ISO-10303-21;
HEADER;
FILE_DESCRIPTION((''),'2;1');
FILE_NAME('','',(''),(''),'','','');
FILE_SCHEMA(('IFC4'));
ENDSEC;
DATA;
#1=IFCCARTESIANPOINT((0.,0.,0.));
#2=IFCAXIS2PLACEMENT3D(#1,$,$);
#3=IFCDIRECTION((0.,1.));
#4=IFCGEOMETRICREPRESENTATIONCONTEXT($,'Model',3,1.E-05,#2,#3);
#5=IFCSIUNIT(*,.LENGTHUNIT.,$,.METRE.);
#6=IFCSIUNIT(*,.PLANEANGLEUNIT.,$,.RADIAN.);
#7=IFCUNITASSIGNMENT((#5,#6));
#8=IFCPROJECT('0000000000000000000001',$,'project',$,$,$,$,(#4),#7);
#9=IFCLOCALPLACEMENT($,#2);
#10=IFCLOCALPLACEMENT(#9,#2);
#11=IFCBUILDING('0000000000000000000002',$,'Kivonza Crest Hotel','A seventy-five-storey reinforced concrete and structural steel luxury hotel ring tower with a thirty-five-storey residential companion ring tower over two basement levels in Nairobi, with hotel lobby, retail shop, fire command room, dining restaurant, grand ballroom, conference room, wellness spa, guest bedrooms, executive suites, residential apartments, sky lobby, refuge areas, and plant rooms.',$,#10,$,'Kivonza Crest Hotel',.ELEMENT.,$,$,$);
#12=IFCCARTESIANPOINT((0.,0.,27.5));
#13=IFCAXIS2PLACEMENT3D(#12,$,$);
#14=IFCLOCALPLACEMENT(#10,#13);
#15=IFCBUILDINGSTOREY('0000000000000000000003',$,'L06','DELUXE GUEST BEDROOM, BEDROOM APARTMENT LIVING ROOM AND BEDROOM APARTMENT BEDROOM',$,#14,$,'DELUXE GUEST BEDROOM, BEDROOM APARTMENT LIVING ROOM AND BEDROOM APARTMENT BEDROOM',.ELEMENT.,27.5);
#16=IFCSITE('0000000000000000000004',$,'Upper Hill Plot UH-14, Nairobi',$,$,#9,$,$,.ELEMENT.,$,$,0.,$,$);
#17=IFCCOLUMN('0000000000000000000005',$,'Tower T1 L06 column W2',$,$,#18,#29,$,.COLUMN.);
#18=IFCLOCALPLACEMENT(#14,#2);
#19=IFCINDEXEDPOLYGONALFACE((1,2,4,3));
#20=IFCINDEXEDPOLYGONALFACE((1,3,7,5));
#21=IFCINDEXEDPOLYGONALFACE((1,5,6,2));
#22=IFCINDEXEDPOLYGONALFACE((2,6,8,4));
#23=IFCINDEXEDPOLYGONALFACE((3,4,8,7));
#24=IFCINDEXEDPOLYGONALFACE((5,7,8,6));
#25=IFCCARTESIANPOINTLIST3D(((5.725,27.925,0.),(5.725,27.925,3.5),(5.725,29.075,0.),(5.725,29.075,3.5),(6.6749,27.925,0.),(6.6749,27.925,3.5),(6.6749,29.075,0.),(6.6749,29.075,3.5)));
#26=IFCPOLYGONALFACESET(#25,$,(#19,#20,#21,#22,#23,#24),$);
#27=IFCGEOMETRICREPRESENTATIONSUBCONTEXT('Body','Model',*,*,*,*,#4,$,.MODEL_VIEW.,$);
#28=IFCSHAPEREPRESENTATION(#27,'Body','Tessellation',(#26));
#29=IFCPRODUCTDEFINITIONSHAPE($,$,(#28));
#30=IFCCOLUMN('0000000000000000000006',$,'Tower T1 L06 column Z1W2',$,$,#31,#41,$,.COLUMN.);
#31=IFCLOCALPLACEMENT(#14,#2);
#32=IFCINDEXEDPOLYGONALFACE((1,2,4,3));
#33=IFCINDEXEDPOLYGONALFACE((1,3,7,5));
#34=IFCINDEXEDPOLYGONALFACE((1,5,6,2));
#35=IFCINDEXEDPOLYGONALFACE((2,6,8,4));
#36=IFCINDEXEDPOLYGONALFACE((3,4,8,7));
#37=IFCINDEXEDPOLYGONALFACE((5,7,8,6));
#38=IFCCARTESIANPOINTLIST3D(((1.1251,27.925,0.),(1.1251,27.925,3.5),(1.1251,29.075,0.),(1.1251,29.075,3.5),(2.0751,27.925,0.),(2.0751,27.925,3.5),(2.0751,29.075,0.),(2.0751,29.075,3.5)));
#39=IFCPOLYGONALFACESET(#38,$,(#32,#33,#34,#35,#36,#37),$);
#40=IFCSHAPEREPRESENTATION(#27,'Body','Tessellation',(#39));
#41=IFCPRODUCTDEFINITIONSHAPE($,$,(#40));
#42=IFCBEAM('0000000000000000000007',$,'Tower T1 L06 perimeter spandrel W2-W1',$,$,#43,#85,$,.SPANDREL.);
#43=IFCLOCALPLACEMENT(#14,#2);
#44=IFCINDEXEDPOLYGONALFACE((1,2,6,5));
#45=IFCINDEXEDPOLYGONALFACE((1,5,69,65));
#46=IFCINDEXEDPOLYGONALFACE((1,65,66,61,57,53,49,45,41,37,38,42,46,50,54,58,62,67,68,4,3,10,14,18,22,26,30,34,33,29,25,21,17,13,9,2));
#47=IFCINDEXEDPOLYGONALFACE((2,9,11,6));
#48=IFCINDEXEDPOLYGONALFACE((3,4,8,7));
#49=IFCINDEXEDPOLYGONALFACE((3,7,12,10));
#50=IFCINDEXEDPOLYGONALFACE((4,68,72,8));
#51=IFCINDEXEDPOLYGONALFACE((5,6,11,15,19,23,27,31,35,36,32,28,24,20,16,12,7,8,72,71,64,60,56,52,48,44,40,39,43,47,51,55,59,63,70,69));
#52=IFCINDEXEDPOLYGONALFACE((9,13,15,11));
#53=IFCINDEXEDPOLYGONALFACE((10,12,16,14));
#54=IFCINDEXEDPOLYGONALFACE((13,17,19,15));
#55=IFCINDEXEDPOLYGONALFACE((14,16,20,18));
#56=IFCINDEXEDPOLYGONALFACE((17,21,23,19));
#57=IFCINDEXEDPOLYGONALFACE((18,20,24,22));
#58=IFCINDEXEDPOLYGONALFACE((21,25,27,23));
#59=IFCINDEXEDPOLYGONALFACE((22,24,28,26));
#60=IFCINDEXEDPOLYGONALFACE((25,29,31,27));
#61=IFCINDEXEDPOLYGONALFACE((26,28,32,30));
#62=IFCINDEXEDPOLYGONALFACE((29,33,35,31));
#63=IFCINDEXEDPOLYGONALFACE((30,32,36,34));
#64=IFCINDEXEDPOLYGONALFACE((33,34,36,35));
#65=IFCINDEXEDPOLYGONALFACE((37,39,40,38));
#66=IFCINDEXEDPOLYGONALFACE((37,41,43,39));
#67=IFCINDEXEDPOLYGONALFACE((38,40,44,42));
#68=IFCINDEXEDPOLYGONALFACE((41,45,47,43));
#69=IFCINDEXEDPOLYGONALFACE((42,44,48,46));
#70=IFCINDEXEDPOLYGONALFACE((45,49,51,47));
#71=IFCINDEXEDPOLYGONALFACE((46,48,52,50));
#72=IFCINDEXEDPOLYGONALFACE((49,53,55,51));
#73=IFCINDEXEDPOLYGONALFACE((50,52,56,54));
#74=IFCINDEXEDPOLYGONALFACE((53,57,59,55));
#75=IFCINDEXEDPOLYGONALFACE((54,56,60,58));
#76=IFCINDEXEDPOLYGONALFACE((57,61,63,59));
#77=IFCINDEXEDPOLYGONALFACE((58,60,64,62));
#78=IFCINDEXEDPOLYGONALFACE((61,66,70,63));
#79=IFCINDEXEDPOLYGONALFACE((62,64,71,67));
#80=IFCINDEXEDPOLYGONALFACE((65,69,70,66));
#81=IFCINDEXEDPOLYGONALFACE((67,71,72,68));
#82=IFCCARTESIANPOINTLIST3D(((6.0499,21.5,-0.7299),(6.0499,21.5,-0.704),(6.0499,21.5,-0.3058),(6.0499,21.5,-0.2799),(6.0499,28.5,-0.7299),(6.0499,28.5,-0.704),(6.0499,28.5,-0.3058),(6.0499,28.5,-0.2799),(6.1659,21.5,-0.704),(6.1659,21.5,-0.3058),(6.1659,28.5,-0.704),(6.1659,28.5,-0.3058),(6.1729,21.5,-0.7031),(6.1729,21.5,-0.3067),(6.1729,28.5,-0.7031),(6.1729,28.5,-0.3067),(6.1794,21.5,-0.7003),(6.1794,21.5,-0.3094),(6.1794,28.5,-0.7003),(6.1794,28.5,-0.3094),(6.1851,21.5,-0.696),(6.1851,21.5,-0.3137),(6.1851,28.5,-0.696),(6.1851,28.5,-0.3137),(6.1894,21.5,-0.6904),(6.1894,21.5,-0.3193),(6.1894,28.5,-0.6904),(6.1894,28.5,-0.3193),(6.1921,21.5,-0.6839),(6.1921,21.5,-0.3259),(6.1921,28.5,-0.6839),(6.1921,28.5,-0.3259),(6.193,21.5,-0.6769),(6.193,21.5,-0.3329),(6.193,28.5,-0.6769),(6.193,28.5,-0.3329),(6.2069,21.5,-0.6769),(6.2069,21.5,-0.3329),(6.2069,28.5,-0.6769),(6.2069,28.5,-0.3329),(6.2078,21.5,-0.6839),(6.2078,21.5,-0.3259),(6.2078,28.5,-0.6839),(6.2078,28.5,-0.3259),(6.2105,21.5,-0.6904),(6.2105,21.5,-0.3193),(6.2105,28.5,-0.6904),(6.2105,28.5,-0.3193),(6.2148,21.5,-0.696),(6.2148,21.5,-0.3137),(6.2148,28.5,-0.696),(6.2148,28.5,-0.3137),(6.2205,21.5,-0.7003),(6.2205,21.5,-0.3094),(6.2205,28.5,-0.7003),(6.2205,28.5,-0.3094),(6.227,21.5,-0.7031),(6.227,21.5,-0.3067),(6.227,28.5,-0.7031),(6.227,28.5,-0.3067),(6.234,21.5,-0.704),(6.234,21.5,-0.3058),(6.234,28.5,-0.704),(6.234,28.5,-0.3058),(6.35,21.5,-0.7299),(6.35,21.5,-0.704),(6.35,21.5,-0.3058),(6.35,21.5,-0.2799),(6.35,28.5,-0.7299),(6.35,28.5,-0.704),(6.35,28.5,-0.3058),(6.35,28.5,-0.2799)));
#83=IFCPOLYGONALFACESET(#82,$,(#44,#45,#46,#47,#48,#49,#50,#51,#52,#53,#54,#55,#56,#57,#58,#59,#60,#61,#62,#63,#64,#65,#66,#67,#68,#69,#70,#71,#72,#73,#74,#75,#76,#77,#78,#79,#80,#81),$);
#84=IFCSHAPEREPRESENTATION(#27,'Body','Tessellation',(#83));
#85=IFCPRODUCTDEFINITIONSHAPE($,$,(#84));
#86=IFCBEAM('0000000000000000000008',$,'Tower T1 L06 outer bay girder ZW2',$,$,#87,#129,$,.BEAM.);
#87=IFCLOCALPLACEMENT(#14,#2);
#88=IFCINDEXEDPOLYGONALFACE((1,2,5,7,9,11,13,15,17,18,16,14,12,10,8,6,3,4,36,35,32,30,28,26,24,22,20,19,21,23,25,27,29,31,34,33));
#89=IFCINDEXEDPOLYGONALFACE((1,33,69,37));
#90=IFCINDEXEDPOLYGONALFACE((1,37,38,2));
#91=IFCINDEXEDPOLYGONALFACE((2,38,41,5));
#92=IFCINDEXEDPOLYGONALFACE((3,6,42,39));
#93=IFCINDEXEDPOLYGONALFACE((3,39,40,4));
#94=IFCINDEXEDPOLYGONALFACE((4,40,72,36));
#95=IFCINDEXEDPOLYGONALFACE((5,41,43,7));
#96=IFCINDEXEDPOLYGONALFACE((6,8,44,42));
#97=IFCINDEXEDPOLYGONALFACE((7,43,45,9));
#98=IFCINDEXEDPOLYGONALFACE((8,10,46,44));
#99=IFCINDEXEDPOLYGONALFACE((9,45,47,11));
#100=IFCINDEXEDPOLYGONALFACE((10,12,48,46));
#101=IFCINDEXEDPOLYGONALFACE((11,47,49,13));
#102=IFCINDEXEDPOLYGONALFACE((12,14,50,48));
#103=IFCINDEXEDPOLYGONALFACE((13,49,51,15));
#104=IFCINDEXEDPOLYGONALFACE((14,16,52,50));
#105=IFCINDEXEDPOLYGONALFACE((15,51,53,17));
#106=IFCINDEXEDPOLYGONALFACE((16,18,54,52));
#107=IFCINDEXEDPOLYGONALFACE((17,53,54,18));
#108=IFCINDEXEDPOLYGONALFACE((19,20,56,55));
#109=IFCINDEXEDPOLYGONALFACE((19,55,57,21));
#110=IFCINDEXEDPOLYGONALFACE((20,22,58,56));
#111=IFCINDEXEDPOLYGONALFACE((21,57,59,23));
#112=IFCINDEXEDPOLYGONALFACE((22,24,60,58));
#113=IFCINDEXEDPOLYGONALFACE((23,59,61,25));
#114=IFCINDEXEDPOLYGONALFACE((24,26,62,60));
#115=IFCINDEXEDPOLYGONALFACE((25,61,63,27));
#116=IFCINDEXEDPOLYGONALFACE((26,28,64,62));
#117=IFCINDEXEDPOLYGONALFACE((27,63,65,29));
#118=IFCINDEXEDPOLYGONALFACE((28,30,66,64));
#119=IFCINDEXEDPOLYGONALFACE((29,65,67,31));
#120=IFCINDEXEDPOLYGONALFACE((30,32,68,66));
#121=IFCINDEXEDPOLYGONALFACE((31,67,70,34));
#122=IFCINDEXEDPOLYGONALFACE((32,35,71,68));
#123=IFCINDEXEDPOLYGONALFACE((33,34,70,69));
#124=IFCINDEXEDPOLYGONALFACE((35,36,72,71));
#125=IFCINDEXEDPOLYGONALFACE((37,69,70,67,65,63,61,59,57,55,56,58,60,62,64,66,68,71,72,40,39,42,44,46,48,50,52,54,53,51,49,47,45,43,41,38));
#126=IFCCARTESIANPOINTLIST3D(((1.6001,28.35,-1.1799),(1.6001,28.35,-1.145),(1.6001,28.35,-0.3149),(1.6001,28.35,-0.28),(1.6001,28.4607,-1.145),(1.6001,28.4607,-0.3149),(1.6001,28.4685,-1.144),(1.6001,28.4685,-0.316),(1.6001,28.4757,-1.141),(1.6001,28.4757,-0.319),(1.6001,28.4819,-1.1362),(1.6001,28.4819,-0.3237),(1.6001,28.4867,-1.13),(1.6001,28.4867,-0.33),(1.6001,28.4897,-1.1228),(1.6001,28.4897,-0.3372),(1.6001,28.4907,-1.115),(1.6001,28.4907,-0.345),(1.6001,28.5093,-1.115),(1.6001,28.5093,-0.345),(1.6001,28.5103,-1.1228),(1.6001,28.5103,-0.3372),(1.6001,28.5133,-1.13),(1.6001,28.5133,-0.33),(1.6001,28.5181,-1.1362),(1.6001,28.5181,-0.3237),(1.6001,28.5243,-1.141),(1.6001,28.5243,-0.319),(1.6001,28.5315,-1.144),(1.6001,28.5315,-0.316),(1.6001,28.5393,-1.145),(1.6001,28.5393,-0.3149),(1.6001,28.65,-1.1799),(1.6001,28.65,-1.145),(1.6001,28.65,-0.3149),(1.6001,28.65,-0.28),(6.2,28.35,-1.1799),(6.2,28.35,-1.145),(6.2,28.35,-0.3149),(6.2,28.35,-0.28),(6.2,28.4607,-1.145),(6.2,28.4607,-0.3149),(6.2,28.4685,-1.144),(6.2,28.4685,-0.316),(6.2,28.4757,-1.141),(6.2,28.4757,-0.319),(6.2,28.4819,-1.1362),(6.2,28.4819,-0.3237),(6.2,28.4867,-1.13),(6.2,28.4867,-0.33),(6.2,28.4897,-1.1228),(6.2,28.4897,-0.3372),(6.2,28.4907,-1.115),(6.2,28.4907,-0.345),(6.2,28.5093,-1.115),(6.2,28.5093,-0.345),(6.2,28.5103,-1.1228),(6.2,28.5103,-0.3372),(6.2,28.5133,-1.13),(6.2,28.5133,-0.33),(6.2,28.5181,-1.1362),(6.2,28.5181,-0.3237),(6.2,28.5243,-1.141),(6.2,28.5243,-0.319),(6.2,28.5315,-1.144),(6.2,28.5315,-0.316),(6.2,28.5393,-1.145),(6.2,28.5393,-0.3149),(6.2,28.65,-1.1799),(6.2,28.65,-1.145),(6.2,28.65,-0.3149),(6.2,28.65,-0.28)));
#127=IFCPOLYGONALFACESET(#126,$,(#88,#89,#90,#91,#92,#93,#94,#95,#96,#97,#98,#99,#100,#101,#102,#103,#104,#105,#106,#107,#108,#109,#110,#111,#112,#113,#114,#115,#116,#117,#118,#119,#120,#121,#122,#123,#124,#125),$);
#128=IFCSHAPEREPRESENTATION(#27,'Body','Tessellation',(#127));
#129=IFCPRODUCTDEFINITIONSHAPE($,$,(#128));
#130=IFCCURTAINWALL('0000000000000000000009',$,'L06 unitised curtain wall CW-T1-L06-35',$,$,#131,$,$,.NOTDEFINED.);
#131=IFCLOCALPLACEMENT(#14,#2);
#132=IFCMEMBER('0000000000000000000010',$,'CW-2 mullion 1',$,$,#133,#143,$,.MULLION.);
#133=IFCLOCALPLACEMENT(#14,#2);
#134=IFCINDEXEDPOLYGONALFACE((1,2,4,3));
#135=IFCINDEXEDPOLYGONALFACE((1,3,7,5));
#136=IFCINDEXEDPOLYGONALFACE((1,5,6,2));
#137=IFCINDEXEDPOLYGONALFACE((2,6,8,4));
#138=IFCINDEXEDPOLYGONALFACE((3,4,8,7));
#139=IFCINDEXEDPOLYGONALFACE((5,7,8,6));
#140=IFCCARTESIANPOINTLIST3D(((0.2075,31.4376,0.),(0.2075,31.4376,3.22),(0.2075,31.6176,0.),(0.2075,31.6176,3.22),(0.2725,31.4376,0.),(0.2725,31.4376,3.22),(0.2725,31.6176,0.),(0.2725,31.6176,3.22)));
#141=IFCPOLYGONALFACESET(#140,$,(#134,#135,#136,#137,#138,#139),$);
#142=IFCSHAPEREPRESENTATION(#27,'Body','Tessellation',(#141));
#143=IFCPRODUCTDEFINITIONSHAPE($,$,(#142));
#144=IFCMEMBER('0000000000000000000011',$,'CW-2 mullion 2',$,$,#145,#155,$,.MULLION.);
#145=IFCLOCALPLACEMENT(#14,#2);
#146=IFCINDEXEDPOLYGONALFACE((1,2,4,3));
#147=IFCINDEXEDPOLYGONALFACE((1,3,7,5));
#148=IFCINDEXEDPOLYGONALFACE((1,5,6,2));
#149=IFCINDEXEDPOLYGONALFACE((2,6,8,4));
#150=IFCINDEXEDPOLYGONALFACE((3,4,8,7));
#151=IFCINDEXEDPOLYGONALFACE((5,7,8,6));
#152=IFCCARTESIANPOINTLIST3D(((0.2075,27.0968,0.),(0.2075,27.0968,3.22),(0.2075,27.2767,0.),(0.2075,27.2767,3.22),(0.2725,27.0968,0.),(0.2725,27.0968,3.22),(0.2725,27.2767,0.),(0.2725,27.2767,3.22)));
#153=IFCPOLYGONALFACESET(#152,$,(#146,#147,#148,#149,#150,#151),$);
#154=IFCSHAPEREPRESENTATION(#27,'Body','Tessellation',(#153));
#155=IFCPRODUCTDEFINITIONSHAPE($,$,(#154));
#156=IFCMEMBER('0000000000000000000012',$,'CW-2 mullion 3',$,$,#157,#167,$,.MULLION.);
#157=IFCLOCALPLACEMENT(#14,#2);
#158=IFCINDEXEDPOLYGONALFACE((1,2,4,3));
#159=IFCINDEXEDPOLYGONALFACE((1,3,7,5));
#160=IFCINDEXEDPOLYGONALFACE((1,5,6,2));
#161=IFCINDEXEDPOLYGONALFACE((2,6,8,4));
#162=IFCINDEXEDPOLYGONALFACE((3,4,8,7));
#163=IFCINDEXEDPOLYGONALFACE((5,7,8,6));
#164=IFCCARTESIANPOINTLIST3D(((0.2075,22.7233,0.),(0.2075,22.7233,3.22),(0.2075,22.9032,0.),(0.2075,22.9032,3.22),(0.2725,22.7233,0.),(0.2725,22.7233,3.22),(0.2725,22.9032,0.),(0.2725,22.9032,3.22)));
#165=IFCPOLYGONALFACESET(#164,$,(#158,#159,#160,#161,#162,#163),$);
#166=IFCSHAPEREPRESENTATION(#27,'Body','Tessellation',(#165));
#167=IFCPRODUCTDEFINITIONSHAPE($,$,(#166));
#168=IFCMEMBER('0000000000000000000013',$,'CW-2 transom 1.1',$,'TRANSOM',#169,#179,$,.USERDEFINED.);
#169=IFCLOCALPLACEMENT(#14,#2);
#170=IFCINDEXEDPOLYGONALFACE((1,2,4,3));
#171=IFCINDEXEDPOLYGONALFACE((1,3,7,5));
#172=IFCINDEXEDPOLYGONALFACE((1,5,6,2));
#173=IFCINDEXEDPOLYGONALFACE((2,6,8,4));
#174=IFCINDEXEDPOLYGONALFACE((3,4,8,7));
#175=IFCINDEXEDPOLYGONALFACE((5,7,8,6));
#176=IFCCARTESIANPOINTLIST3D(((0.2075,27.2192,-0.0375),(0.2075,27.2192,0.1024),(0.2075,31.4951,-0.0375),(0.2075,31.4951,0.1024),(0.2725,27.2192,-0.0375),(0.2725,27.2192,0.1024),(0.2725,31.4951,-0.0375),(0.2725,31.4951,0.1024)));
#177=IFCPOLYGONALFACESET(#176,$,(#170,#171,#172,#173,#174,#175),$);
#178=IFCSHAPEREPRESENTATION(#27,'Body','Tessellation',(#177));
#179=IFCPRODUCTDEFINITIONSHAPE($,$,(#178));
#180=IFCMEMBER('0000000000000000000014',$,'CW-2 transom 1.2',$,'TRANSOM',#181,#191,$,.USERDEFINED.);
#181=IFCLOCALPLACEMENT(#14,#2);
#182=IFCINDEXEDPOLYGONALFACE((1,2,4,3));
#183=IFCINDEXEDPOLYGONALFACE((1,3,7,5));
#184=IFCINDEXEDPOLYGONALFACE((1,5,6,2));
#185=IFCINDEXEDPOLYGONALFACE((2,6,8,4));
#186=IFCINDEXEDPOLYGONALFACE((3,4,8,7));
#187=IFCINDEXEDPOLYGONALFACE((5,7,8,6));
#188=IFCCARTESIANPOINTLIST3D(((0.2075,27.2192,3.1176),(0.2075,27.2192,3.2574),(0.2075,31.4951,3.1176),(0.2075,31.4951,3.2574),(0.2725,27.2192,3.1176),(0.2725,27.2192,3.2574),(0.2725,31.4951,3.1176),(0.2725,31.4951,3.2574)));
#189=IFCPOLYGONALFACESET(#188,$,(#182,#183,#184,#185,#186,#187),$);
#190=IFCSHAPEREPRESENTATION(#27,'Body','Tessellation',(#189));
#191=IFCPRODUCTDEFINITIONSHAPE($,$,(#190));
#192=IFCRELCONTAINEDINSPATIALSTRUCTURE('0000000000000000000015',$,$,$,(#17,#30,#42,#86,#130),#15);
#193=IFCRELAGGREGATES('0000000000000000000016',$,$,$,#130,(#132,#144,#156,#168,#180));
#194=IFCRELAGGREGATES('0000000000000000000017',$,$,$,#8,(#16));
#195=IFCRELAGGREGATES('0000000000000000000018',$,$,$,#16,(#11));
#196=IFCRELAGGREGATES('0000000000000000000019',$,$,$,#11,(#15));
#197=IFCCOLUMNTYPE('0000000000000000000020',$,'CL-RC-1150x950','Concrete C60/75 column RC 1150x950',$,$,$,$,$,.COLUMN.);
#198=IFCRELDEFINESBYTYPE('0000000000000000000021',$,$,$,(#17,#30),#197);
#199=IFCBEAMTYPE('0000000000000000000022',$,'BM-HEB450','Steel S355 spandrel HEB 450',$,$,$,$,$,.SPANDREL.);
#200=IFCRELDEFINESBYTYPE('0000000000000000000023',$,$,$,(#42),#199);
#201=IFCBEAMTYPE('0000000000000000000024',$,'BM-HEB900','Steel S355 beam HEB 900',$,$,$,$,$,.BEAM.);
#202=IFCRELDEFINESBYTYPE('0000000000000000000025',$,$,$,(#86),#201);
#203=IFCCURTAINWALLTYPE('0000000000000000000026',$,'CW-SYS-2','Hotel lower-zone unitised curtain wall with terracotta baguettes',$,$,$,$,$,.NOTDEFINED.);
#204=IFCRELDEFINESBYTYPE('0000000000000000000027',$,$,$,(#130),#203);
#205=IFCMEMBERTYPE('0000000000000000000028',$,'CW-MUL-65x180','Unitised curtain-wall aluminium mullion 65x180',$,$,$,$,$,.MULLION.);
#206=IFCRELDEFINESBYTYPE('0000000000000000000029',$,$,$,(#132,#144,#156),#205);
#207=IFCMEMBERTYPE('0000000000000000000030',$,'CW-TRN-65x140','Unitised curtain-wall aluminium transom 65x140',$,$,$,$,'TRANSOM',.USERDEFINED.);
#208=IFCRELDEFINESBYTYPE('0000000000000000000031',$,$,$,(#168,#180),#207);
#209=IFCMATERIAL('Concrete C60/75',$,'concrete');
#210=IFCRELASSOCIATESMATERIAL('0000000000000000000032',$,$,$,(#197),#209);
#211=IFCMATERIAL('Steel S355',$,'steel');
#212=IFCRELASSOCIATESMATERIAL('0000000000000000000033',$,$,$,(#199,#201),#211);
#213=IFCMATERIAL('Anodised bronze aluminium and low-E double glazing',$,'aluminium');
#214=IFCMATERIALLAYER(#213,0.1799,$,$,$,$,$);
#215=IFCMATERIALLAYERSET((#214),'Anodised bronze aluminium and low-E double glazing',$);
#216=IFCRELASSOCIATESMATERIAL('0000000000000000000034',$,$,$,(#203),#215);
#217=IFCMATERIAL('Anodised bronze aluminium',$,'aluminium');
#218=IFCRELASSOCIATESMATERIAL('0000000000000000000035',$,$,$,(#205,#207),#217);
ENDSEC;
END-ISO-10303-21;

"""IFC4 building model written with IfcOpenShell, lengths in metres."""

from ifc_helpers import new_model, si_unit, direction, frame, origin, origin_2d, place, context, subcontext, project, spatial, rectangle, i_section, extrude, material, layer, layer_set, material_profile, profile_set, type_object, element, aggregate, save


model = new_model("IFC4")

# Units and contexts
model_context = context("Model", 3, precision=1e-05, world=origin(), true_north=direction((0.0, 1.0)))
body_context = subcontext(model_context, "Body", "Model", "MODEL_VIEW")
ifc_project = project(units=[si_unit("LENGTHUNIT", "METRE"), si_unit("PLANEANGLEUNIT", "RADIAN")], contexts=[model_context])

# Site, building, storey
site_placement = place(None, origin())
site = spatial("IfcSite", under=ifc_project, at=site_placement, Name="Upper Hill Plot UH-14, Nairobi", CompositionType="ELEMENT", RefElevation=0.0)
building_placement = place(site_placement, origin())
building = spatial("IfcBuilding", under=site, at=building_placement, Name="Kivonza Crest Hotel", Description="A seventy-five-storey reinforced concrete and structural steel luxury hotel ring tower with a thirty-five-storey residential companion ring tower over two basement levels in Nairobi, with hotel lobby, retail shop, fire command room, dining restaurant, grand ballroom, conference room, wellness spa, guest bedrooms, executive suites, residential apartments, sky lobby, refuge areas, and plant rooms.", LongName="Kivonza Crest Hotel", CompositionType="ELEMENT")
storey_placement = place(building_placement, frame((0.0, 0.0, 27.5)))
storey = spatial("IfcBuildingStorey", under=building, at=storey_placement, Name="L06", Description="DELUXE GUEST BEDROOM, BEDROOM APARTMENT LIVING ROOM AND BEDROOM APARTMENT BEDROOM", LongName="DELUXE GUEST BEDROOM, BEDROOM APARTMENT LIVING ROOM AND BEDROOM APARTMENT BEDROOM", CompositionType="ELEMENT", Elevation=27.5)

# Columns
ifc_material_1 = material(Name="Concrete C60/75", Category="concrete")
ifc_material_profile_1 = material_profile(ifc_material_1, rectangle(XDim=0.95, YDim=1.1499, at=origin_2d()), Name="RC 1150x950")
ifc_profile_set_1 = profile_set([ifc_material_profile_1], Name="Concrete C60/75")
column_type = type_object("IfcColumnType", Name="CL-RC-1150x950", Description="Concrete C60/75 column RC 1150x950", PredefinedType="COLUMN", material=ifc_profile_set_1)
for number, where, z_axis, x_axis, name in (
    (1, (6.2, 28.5, 0.0), (0.0, 0.0, 1.0), (1.0, 0.0, 0.0), "Tower T1 L06 column W2"),
    (2, (1.6001, 28.5, 0.0), (0.0, 0.0, 1.0), (1.0, 0.0, 0.0), "Tower T1 L06 column Z1W2"),
):
    element("IfcColumn", number, at=place(storey_placement, frame(where, z_axis=z_axis, x_axis=x_axis)), inside=storey, type_object=column_type, Name=name, PredefinedType="COLUMN", context=body_context, shape_type="SweptSolid", body=[
        extrude(rectangle(XDim=0.95, YDim=1.1499, at=origin_2d()), origin(), (0.0, 0.0, 1.0), 3.5),
    ])

# Beams
ifc_material_2 = material(Name="Steel S355", Category="steel")
ifc_material_profile_2 = material_profile(ifc_material_2, i_section(OverallWidth=0.3, OverallDepth=0.45, WebThickness=0.0139, FlangeThickness=0.0259, FilletRadius=0.0271, at=origin_2d()), Name="HEB 450")
ifc_profile_set_2 = profile_set([ifc_material_profile_2], Name="Steel S355")
beam_type_1 = type_object("IfcBeamType", Name="BM-HEB450", Description="Steel S355 spandrel HEB 450", PredefinedType="SPANDREL", material=ifc_profile_set_2)
beam_1_placement = place(storey_placement, frame((6.2, 28.5, -0.5049), z_axis=(0.0, -1.0, 0.0), x_axis=(1.0, 0.0, 0.0)))
element("IfcBeam", 3, at=beam_1_placement, inside=storey, type_object=beam_type_1, Name="Tower T1 L06 perimeter spandrel W2-W1", PredefinedType="SPANDREL", context=body_context, shape_type="SweptSolid", body=[
    extrude(i_section(OverallWidth=0.3, OverallDepth=0.45, WebThickness=0.0139, FlangeThickness=0.0259, FilletRadius=0.0271, at=origin_2d()), origin(), (0.0, 0.0, 1.0), 7.0),
])
ifc_material_profile_3 = material_profile(ifc_material_2, i_section(OverallWidth=0.3, OverallDepth=0.8999, WebThickness=0.0186, FlangeThickness=0.0349, FilletRadius=0.03, at=origin_2d()), Name="HEB 900")
ifc_profile_set_3 = profile_set([ifc_material_profile_3], Name="Steel S355")
beam_type_2 = type_object("IfcBeamType", Name="BM-HEB900", Description="Steel S355 beam HEB 900", PredefinedType="BEAM", material=ifc_profile_set_3)
beam_2_placement = place(storey_placement, frame((1.6001, 28.5, -0.73), z_axis=(1.0, 0.0, 0.0), x_axis=(0.0, 1.0, 0.0)))
element("IfcBeam", 4, at=beam_2_placement, inside=storey, type_object=beam_type_2, Name="Tower T1 L06 outer bay girder ZW2", PredefinedType="BEAM", context=body_context, shape_type="SweptSolid", body=[
    extrude(i_section(OverallWidth=0.3, OverallDepth=0.8999, WebThickness=0.0186, FlangeThickness=0.0349, FilletRadius=0.03, at=origin_2d()), origin(), (0.0, 0.0, 1.0), 4.5999),
])

# Curtain wall, members
ifc_material_3 = material(Name="Anodised bronze aluminium and low-E double glazing", Category="aluminium")
ifc_layer_1 = layer(ifc_material_3, 0.1799)
ifc_layer_set_1 = layer_set([ifc_layer_1], Name="Anodised bronze aluminium and low-E double glazing")
curtain_wall_type = type_object("IfcCurtainWallType", Name="CW-SYS-2", Description="Hotel lower-zone unitised curtain wall with terracotta baguettes", PredefinedType="NOTDEFINED", material=ifc_layer_set_1)
curtain_wall_placement = place(storey_placement, origin())
curtain_wall = element("IfcCurtainWall", 5, at=curtain_wall_placement, inside=storey, type_object=curtain_wall_type, Name="L06 unitised curtain wall CW-T1-L06-35", PredefinedType="NOTDEFINED")
ifc_material_4 = material(Name="Anodised bronze aluminium", Category="aluminium")
ifc_material_profile_4 = material_profile(ifc_material_4, rectangle(XDim=0.0649, YDim=0.1799, at=origin_2d()), Name="CW-M 65x180")
ifc_profile_set_4 = profile_set([ifc_material_profile_4], Name="Anodised bronze aluminium")
member_type_1 = type_object("IfcMemberType", Name="CW-MUL-65x180", Description="Unitised curtain-wall aluminium mullion 65x180", PredefinedType="MULLION", material=ifc_profile_set_4)
member_1_placement = place(storey_placement, frame((0.24, 31.5276, 0.0), z_axis=(0.0, 0.0, 1.0), x_axis=(1.0, 0.0, 0.0)))
member_1 = element("IfcMember", 6, at=member_1_placement, type_object=member_type_1, Name="CW-2 mullion 1", PredefinedType="MULLION", context=body_context, shape_type="SweptSolid", body=[
    extrude(rectangle(XDim=0.0649, YDim=0.1799, at=origin_2d()), origin(), (0.0, 0.0, 1.0), 3.22),
])
member_2_placement = place(storey_placement, frame((0.24, 27.1868, 0.0), z_axis=(0.0, 0.0, 1.0), x_axis=(1.0, 0.0, 0.0)))
member_2 = element("IfcMember", 7, at=member_2_placement, type_object=member_type_1, Name="CW-2 mullion 2", PredefinedType="MULLION", context=body_context, shape_type="SweptSolid", body=[
    extrude(rectangle(XDim=0.0649, YDim=0.1799, at=origin_2d()), origin(), (0.0, 0.0, 1.0), 3.22),
])
member_3_placement = place(storey_placement, frame((0.24, 22.8132, 0.0), z_axis=(0.0, 0.0, 1.0), x_axis=(1.0, 0.0, 0.0)))
member_3 = element("IfcMember", 8, at=member_3_placement, type_object=member_type_1, Name="CW-2 mullion 3", PredefinedType="MULLION", context=body_context, shape_type="SweptSolid", body=[
    extrude(rectangle(XDim=0.0649, YDim=0.1799, at=origin_2d()), origin(), (0.0, 0.0, 1.0), 3.22),
])
ifc_material_profile_5 = material_profile(ifc_material_4, rectangle(XDim=0.0649, YDim=0.1399, at=origin_2d()), Name="CW-T 65x140")
ifc_profile_set_5 = profile_set([ifc_material_profile_5], Name="Anodised bronze aluminium")
member_type_2 = type_object("IfcMemberType", Name="CW-TRN-65x140", Description="Unitised curtain-wall aluminium transom 65x140", ElementType="TRANSOM", PredefinedType="USERDEFINED", material=ifc_profile_set_5)
member_4_placement = place(storey_placement, frame((0.24, 31.4951, 0.0325), z_axis=(0.0, -1.0, 0.0), x_axis=(1.0, 0.0, 0.0)))
member_4 = element("IfcMember", 9, at=member_4_placement, type_object=member_type_2, Name="CW-2 transom 1.1", ObjectType="TRANSOM", PredefinedType="USERDEFINED", context=body_context, shape_type="SweptSolid", body=[
    extrude(rectangle(XDim=0.0649, YDim=0.1399, at=origin_2d()), origin(), (0.0, 0.0, 1.0), 4.2759),
])
member_5_placement = place(storey_placement, frame((0.24, 31.4951, 3.1875), z_axis=(0.0, -1.0, 0.0), x_axis=(1.0, 0.0, 0.0)))
member_5 = element("IfcMember", 10, at=member_5_placement, type_object=member_type_2, Name="CW-2 transom 1.2", ObjectType="TRANSOM", PredefinedType="USERDEFINED", context=body_context, shape_type="SweptSolid", body=[
    extrude(rectangle(XDim=0.0649, YDim=0.1399, at=origin_2d()), origin(), (0.0, 0.0, 1.0), 4.2759),
])
aggregate(curtain_wall, [member_1, member_2, member_3, member_4, member_5])

save(model, "model.ifc")
